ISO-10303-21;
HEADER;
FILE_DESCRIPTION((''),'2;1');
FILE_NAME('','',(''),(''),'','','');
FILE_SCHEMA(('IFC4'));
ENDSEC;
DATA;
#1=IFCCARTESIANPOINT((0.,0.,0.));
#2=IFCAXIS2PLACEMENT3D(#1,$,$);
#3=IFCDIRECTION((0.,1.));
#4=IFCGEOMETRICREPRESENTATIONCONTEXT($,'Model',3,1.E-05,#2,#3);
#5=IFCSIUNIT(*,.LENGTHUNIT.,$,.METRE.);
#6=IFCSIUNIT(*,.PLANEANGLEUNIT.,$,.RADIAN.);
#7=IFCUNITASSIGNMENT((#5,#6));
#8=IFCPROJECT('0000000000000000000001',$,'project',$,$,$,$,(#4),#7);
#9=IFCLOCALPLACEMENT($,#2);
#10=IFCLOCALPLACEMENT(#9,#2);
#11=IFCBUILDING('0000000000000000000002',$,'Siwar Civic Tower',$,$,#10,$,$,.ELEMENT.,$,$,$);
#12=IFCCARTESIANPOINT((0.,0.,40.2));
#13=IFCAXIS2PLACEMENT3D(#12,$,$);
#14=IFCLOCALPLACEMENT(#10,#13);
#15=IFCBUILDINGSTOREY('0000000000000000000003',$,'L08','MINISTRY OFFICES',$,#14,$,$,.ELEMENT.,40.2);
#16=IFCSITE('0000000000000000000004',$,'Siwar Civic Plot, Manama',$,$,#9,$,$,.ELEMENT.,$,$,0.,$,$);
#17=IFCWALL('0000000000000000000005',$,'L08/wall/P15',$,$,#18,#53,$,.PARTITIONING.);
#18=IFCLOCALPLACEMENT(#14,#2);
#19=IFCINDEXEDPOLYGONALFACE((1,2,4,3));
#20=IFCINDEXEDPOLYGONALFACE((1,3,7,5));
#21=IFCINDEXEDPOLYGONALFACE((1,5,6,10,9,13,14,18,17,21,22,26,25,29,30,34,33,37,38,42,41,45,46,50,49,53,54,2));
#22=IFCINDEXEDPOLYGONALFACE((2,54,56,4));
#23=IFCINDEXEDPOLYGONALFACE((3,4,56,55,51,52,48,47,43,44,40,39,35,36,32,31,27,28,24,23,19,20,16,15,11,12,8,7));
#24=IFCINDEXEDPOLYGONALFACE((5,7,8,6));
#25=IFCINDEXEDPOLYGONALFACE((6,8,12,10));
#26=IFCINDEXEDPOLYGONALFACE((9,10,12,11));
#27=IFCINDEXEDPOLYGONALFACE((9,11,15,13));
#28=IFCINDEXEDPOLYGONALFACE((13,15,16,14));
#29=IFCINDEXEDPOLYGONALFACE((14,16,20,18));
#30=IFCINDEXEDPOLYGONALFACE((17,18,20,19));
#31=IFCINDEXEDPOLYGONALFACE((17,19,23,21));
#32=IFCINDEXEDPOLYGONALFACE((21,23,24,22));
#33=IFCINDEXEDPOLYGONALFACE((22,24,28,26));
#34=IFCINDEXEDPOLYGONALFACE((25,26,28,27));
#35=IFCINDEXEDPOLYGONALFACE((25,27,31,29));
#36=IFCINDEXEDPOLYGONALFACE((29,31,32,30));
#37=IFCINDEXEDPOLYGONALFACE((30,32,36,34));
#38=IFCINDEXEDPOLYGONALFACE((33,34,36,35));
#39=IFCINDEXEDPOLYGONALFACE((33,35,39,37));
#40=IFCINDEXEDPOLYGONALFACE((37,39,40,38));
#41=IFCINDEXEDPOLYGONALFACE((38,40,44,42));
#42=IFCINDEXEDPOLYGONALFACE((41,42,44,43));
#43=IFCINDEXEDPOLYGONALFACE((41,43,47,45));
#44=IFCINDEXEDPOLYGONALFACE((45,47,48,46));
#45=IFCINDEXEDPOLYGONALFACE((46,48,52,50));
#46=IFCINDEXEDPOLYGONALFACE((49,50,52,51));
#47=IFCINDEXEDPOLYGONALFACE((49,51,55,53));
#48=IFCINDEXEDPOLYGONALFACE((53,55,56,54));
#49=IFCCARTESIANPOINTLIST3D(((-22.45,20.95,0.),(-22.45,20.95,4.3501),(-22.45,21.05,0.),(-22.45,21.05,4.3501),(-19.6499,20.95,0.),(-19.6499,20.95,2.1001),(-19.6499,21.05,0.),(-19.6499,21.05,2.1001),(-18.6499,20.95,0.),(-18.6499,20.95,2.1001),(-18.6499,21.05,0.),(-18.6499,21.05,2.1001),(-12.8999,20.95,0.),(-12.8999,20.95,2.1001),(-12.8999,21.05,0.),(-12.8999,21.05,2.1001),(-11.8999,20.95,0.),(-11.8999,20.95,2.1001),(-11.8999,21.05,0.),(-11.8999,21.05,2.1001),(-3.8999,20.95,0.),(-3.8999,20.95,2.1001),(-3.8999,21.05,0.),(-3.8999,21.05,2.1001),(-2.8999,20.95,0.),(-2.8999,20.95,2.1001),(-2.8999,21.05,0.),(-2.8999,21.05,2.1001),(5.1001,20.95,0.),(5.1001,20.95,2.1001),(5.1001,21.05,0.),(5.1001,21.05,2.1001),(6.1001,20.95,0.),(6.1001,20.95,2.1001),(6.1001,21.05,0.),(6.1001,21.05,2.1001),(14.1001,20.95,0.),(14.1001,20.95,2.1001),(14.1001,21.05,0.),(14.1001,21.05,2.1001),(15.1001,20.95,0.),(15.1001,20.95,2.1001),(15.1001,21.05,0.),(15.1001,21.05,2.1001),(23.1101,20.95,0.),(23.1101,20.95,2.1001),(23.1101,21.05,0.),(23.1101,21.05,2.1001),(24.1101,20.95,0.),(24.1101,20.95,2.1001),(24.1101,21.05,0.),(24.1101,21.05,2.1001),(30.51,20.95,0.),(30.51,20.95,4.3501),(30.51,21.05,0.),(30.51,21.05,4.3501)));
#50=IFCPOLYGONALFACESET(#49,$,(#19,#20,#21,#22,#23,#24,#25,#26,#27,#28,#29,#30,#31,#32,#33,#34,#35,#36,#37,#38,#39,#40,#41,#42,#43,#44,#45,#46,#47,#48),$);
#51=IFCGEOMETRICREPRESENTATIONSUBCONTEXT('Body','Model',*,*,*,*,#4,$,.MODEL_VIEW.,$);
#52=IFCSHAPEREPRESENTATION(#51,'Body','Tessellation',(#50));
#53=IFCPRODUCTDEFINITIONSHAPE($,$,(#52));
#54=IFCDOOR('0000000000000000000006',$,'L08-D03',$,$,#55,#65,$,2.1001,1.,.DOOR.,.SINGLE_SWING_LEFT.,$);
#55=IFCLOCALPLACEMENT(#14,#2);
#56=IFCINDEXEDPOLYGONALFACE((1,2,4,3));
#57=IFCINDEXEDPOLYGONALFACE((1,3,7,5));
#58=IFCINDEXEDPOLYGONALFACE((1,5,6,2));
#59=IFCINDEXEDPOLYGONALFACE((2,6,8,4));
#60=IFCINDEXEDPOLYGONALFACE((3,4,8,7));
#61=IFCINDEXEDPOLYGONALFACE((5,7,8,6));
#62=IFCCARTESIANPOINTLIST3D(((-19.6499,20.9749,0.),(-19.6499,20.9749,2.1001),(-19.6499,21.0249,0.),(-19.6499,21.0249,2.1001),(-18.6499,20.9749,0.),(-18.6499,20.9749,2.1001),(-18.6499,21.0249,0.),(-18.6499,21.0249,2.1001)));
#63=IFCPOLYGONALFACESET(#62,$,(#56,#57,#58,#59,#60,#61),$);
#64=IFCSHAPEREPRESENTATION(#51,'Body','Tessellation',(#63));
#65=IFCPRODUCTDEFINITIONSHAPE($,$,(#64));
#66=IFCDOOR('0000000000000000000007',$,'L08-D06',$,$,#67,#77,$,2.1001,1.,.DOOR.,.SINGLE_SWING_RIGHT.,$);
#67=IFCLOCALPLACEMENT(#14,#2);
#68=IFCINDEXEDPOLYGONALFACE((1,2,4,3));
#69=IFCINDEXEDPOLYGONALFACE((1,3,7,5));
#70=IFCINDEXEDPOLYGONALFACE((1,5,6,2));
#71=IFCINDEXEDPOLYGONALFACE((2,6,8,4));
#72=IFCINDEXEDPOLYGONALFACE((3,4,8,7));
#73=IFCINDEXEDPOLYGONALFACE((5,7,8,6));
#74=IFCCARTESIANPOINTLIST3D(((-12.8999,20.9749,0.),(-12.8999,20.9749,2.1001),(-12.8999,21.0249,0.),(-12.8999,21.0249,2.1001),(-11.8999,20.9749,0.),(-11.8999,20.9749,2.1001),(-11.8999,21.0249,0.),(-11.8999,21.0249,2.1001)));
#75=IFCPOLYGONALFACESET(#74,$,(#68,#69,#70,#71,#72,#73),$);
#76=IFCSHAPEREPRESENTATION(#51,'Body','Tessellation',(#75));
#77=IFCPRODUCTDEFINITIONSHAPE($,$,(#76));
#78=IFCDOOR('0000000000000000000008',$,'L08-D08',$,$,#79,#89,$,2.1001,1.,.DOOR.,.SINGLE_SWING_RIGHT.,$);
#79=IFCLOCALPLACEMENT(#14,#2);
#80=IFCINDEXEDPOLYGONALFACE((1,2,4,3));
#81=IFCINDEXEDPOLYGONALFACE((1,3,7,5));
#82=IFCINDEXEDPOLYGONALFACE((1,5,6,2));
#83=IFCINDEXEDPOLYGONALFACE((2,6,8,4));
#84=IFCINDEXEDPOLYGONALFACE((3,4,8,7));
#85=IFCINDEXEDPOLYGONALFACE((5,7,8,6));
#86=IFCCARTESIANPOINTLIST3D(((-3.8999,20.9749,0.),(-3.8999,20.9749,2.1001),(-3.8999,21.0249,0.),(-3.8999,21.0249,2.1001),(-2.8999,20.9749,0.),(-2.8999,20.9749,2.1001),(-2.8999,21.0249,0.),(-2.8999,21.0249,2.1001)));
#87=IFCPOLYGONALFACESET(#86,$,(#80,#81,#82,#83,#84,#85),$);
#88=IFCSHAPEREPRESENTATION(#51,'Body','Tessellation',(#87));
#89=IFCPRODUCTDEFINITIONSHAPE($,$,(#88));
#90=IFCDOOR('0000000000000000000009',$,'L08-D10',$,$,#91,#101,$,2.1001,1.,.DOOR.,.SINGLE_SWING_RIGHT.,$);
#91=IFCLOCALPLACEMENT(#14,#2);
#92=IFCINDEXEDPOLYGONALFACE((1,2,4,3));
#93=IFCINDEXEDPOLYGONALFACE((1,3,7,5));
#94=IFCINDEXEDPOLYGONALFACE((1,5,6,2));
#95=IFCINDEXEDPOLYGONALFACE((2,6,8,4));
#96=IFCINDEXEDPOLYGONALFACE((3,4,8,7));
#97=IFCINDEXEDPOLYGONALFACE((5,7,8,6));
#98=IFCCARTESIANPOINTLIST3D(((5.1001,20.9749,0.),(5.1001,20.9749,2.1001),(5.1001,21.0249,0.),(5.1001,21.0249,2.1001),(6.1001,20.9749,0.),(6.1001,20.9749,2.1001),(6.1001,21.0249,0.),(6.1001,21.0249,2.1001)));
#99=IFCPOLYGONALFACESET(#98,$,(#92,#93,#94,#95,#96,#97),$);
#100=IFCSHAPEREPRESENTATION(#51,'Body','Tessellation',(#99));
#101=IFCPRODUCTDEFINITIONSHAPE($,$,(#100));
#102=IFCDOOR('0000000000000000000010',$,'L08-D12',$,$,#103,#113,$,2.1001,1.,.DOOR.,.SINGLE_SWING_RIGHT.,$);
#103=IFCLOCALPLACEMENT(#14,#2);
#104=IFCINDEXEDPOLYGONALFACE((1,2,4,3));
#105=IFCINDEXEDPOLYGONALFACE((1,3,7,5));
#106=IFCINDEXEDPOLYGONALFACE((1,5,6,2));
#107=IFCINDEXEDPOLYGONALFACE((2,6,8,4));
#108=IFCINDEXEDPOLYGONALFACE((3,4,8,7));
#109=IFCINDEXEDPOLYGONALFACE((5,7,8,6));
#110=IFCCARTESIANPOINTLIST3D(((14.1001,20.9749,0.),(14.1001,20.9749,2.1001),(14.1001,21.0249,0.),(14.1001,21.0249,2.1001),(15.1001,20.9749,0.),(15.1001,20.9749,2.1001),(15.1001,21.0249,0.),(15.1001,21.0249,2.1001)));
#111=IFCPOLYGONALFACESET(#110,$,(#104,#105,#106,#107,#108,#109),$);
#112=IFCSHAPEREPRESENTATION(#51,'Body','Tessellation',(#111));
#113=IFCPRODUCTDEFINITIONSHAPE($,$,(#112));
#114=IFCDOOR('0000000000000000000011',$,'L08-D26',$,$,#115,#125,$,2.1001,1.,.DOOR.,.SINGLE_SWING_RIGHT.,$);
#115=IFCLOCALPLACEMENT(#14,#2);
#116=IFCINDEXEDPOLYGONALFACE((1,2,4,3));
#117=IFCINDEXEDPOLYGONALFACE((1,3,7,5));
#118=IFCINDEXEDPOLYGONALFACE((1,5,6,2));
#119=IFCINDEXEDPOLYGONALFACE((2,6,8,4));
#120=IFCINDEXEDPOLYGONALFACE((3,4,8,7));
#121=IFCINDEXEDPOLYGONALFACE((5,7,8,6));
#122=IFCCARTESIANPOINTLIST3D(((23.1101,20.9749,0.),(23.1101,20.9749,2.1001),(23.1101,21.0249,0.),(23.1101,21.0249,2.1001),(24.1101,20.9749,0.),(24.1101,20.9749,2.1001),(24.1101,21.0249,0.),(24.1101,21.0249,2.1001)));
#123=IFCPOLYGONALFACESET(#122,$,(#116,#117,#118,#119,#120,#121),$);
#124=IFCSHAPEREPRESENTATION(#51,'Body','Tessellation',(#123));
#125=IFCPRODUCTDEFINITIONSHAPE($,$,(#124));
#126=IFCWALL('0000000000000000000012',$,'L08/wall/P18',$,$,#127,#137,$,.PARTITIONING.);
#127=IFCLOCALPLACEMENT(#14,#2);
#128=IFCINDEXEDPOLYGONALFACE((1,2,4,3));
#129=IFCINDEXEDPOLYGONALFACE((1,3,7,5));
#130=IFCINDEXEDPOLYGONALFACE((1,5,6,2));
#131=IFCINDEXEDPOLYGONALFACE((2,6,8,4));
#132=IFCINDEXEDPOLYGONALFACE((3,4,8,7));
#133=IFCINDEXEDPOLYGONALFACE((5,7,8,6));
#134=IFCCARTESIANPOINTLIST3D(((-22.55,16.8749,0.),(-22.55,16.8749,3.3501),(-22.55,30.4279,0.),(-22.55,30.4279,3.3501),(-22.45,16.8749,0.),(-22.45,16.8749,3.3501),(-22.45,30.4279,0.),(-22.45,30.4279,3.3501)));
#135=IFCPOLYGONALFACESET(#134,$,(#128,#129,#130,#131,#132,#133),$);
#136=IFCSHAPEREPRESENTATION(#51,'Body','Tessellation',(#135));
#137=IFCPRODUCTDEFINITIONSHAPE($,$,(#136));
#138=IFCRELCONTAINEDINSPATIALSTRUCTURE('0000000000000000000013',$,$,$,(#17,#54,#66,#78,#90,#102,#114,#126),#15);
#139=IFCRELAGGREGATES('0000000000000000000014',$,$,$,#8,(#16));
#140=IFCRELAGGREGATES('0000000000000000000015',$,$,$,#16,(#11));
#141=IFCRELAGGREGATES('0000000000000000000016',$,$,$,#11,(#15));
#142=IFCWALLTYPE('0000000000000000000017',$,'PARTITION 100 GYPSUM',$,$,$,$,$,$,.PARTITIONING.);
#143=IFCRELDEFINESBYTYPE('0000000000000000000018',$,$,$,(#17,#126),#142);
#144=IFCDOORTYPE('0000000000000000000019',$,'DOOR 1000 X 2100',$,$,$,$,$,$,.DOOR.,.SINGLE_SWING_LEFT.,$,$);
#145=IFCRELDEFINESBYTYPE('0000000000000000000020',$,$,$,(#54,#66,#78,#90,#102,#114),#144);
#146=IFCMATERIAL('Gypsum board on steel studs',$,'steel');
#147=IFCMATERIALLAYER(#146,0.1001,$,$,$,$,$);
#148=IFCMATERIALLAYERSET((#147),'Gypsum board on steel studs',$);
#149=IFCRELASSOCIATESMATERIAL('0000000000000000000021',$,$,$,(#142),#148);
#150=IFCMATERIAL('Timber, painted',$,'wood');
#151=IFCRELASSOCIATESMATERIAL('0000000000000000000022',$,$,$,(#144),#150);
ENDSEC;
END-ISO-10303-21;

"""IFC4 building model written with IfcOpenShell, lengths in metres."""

from ifc_helpers import new_model, si_unit, direction, frame, frame_2d, origin, place, context, subcontext, project, spatial, rectangle, extrude, material, layer, layer_set, type_object, element, fill, save


model = new_model("IFC4")

# Units and contexts
model_context = context("Model", 3, precision=1e-05, world=origin(), true_north=direction((0.0, 1.0)))
body_context = subcontext(model_context, "Body", "Model", "MODEL_VIEW")
ifc_project = project(units=[si_unit("LENGTHUNIT", "METRE"), si_unit("PLANEANGLEUNIT", "RADIAN")], contexts=[model_context])

# Site, building, storey
site_placement = place(None, origin())
site = spatial("IfcSite", under=ifc_project, at=site_placement, Name="Siwar Civic Plot, Manama", CompositionType="ELEMENT", RefElevation=0.0)
building_placement = place(site_placement, origin())
building = spatial("IfcBuilding", under=site, at=building_placement, Name="Siwar Civic Tower", CompositionType="ELEMENT")
storey_placement = place(building_placement, frame((0.0, 0.0, 40.2)))
storey = spatial("IfcBuildingStorey", under=building, at=storey_placement, Name="L08", Description="MINISTRY OFFICES", CompositionType="ELEMENT", Elevation=40.2)

# Wall, openings, doors
ifc_material_1 = material(Name="Gypsum board on steel studs", Category="steel")
ifc_layer_1 = layer(ifc_material_1, 0.1001)
ifc_layer_set_1 = layer_set([ifc_layer_1], Name="Gypsum board on steel studs")
wall_type_1 = type_object("IfcWallType", Name="PARTITION 100 GYPSUM", PredefinedType="PARTITIONING", material=ifc_layer_set_1)
wall_1_placement = place(storey_placement, frame((-22.45, 21.0, 0.0), z_axis=(0.0, 0.0, 1.0), x_axis=(1.0, 0.0, 0.0)))
wall_1 = element("IfcWall", 1, at=wall_1_placement, inside=storey, type_object=wall_type_1, Name="L08/wall/P15", PredefinedType="PARTITIONING", context=body_context, shape_type="SweptSolid", body=[
    extrude(rectangle(XDim=52.96, YDim=0.1001, at=frame_2d((26.48, 0.0))), origin(), (0.0, 0.0, 1.0), 4.3501),
])
opening_1_placement = place(wall_1_placement, frame((2.8, 0.0, 0.0)))
opening_1 = element("IfcOpeningElement", 2, at=opening_1_placement, cuts=wall_1, PredefinedType="OPENING", context=body_context, shape_type="SweptSolid", body=[
    extrude(rectangle(XDim=1.0, YDim=2.1001, at=frame_2d((0.5, 1.05))), frame((0.0, 0.0601, 0.0), z_axis=(0.0, -1.0, 0.0), x_axis=(1.0, 0.0, 0.0)), (0.0, 0.0, 1.0), 0.1201),
])
opening_2_placement = place(wall_1_placement, frame((9.55, 0.0, 0.0)))
opening_2 = element("IfcOpeningElement", 3, at=opening_2_placement, cuts=wall_1, PredefinedType="OPENING", context=body_context, shape_type="SweptSolid", body=[
    extrude(rectangle(XDim=1.0, YDim=2.1001, at=frame_2d((0.5, 1.05))), frame((0.0, 0.0601, 0.0), z_axis=(0.0, -1.0, 0.0), x_axis=(1.0, 0.0, 0.0)), (0.0, 0.0, 1.0), 0.1201),
])
opening_3_placement = place(wall_1_placement, frame((18.55, 0.0, 0.0)))
opening_3 = element("IfcOpeningElement", 4, at=opening_3_placement, cuts=wall_1, PredefinedType="OPENING", context=body_context, shape_type="SweptSolid", body=[
    extrude(rectangle(XDim=1.0, YDim=2.1001, at=frame_2d((0.5, 1.05))), frame((0.0, 0.0601, 0.0), z_axis=(0.0, -1.0, 0.0), x_axis=(1.0, 0.0, 0.0)), (0.0, 0.0, 1.0), 0.1201),
])
opening_4_placement = place(wall_1_placement, frame((27.55, 0.0, 0.0)))
opening_4 = element("IfcOpeningElement", 5, at=opening_4_placement, cuts=wall_1, PredefinedType="OPENING", context=body_context, shape_type="SweptSolid", body=[
    extrude(rectangle(XDim=1.0, YDim=2.1001, at=frame_2d((0.5, 1.05))), frame((0.0, 0.0601, 0.0), z_axis=(0.0, -1.0, 0.0), x_axis=(1.0, 0.0, 0.0)), (0.0, 0.0, 1.0), 0.1201),
])
opening_5_placement = place(wall_1_placement, frame((36.55, 0.0, 0.0)))
opening_5 = element("IfcOpeningElement", 6, at=opening_5_placement, cuts=wall_1, PredefinedType="OPENING", context=body_context, shape_type="SweptSolid", body=[
    extrude(rectangle(XDim=1.0, YDim=2.1001, at=frame_2d((0.5, 1.05))), frame((0.0, 0.0601, 0.0), z_axis=(0.0, -1.0, 0.0), x_axis=(1.0, 0.0, 0.0)), (0.0, 0.0, 1.0), 0.1201),
])
opening_6_placement = place(wall_1_placement, frame((45.5601, 0.0, 0.0)))
opening_6 = element("IfcOpeningElement", 7, at=opening_6_placement, cuts=wall_1, PredefinedType="OPENING", context=body_context, shape_type="SweptSolid", body=[
    extrude(rectangle(XDim=1.0, YDim=2.1001, at=frame_2d((0.5, 1.05))), frame((0.0, 0.0601, 0.0), z_axis=(0.0, -1.0, 0.0), x_axis=(1.0, 0.0, 0.0)), (0.0, 0.0, 1.0), 0.1201),
])
ifc_material_2 = material(Name="Timber, painted", Category="wood")
door_type_1 = type_object("IfcDoorType", Name="DOOR 1000 X 2100", OperationType="SINGLE_SWING_LEFT", PredefinedType="DOOR", material=ifc_material_2)
door_1_placement = place(opening_1_placement, origin())
door_1 = element("IfcDoor", 8, at=door_1_placement, inside=storey, type_object=door_type_1, Name="L08-D03", OperationType="SINGLE_SWING_LEFT", OverallHeight=2.1001, OverallWidth=1.0, PredefinedType="DOOR", context=body_context, shape_type="SweptSolid", body=[
    extrude(rectangle(XDim=1.0, YDim=2.1001, at=frame_2d((0.5, 1.05))), frame((0.0, 0.0249, 0.0), z_axis=(0.0, -1.0, 0.0), x_axis=(1.0, 0.0, 0.0)), (0.0, 0.0, 1.0), 0.05),
])
fill(opening_1, door_1)
door_2_placement = place(opening_2_placement, origin())
door_2 = element("IfcDoor", 9, at=door_2_placement, inside=storey, type_object=door_type_1, Name="L08-D06", OperationType="SINGLE_SWING_RIGHT", OverallHeight=2.1001, OverallWidth=1.0, PredefinedType="DOOR", context=body_context, shape_type="SweptSolid", body=[
    extrude(rectangle(XDim=1.0, YDim=2.1001, at=frame_2d((0.5, 1.05))), frame((0.0, 0.0249, 0.0), z_axis=(0.0, -1.0, 0.0), x_axis=(1.0, 0.0, 0.0)), (0.0, 0.0, 1.0), 0.05),
])
fill(opening_2, door_2)
door_3_placement = place(opening_3_placement, origin())
door_3 = element("IfcDoor", 10, at=door_3_placement, inside=storey, type_object=door_type_1, Name="L08-D08", OperationType="SINGLE_SWING_RIGHT", OverallHeight=2.1001, OverallWidth=1.0, PredefinedType="DOOR", context=body_context, shape_type="SweptSolid", body=[
    extrude(rectangle(XDim=1.0, YDim=2.1001, at=frame_2d((0.5, 1.05))), frame((0.0, 0.0249, 0.0), z_axis=(0.0, -1.0, 0.0), x_axis=(1.0, 0.0, 0.0)), (0.0, 0.0, 1.0), 0.05),
])
fill(opening_3, door_3)
door_4_placement = place(opening_4_placement, origin())
door_4 = element("IfcDoor", 11, at=door_4_placement, inside=storey, type_object=door_type_1, Name="L08-D10", OperationType="SINGLE_SWING_RIGHT", OverallHeight=2.1001, OverallWidth=1.0, PredefinedType="DOOR", context=body_context, shape_type="SweptSolid", body=[
    extrude(rectangle(XDim=1.0, YDim=2.1001, at=frame_2d((0.5, 1.05))), frame((0.0, 0.0249, 0.0), z_axis=(0.0, -1.0, 0.0), x_axis=(1.0, 0.0, 0.0)), (0.0, 0.0, 1.0), 0.05),
])
fill(opening_4, door_4)
door_5_placement = place(opening_5_placement, origin())
door_5 = element("IfcDoor", 12, at=door_5_placement, inside=storey, type_object=door_type_1, Name="L08-D12", OperationType="SINGLE_SWING_RIGHT", OverallHeight=2.1001, OverallWidth=1.0, PredefinedType="DOOR", context=body_context, shape_type="SweptSolid", body=[
    extrude(rectangle(XDim=1.0, YDim=2.1001, at=frame_2d((0.5, 1.05))), frame((0.0, 0.0249, 0.0), z_axis=(0.0, -1.0, 0.0), x_axis=(1.0, 0.0, 0.0)), (0.0, 0.0, 1.0), 0.05),
])
fill(opening_5, door_5)
door_6_placement = place(opening_6_placement, origin())
door_6 = element("IfcDoor", 13, at=door_6_placement, inside=storey, type_object=door_type_1, Name="L08-D26", OperationType="SINGLE_SWING_RIGHT", OverallHeight=2.1001, OverallWidth=1.0, PredefinedType="DOOR", context=body_context, shape_type="SweptSolid", body=[
    extrude(rectangle(XDim=1.0, YDim=2.1001, at=frame_2d((0.5, 1.05))), frame((0.0, 0.0249, 0.0), z_axis=(0.0, -1.0, 0.0), x_axis=(1.0, 0.0, 0.0)), (0.0, 0.0, 1.0), 0.05),
])
fill(opening_6, door_6)

# Wall
wall_2_placement = place(storey_placement, frame((-22.5, 16.875, 0.0), z_axis=(0.0, 0.0, 1.0), x_axis=(0.0, 1.0, 0.0)))
element("IfcWall", 14, at=wall_2_placement, inside=storey, type_object=wall_type_1, Name="L08/wall/P18", PredefinedType="PARTITIONING", context=body_context, shape_type="SweptSolid", body=[
    extrude(rectangle(XDim=13.553, YDim=0.1001, at=frame_2d((6.7764, 0.0))), origin(), (0.0, 0.0, 1.0), 3.3501),
])

save(model, "model.ifc")
